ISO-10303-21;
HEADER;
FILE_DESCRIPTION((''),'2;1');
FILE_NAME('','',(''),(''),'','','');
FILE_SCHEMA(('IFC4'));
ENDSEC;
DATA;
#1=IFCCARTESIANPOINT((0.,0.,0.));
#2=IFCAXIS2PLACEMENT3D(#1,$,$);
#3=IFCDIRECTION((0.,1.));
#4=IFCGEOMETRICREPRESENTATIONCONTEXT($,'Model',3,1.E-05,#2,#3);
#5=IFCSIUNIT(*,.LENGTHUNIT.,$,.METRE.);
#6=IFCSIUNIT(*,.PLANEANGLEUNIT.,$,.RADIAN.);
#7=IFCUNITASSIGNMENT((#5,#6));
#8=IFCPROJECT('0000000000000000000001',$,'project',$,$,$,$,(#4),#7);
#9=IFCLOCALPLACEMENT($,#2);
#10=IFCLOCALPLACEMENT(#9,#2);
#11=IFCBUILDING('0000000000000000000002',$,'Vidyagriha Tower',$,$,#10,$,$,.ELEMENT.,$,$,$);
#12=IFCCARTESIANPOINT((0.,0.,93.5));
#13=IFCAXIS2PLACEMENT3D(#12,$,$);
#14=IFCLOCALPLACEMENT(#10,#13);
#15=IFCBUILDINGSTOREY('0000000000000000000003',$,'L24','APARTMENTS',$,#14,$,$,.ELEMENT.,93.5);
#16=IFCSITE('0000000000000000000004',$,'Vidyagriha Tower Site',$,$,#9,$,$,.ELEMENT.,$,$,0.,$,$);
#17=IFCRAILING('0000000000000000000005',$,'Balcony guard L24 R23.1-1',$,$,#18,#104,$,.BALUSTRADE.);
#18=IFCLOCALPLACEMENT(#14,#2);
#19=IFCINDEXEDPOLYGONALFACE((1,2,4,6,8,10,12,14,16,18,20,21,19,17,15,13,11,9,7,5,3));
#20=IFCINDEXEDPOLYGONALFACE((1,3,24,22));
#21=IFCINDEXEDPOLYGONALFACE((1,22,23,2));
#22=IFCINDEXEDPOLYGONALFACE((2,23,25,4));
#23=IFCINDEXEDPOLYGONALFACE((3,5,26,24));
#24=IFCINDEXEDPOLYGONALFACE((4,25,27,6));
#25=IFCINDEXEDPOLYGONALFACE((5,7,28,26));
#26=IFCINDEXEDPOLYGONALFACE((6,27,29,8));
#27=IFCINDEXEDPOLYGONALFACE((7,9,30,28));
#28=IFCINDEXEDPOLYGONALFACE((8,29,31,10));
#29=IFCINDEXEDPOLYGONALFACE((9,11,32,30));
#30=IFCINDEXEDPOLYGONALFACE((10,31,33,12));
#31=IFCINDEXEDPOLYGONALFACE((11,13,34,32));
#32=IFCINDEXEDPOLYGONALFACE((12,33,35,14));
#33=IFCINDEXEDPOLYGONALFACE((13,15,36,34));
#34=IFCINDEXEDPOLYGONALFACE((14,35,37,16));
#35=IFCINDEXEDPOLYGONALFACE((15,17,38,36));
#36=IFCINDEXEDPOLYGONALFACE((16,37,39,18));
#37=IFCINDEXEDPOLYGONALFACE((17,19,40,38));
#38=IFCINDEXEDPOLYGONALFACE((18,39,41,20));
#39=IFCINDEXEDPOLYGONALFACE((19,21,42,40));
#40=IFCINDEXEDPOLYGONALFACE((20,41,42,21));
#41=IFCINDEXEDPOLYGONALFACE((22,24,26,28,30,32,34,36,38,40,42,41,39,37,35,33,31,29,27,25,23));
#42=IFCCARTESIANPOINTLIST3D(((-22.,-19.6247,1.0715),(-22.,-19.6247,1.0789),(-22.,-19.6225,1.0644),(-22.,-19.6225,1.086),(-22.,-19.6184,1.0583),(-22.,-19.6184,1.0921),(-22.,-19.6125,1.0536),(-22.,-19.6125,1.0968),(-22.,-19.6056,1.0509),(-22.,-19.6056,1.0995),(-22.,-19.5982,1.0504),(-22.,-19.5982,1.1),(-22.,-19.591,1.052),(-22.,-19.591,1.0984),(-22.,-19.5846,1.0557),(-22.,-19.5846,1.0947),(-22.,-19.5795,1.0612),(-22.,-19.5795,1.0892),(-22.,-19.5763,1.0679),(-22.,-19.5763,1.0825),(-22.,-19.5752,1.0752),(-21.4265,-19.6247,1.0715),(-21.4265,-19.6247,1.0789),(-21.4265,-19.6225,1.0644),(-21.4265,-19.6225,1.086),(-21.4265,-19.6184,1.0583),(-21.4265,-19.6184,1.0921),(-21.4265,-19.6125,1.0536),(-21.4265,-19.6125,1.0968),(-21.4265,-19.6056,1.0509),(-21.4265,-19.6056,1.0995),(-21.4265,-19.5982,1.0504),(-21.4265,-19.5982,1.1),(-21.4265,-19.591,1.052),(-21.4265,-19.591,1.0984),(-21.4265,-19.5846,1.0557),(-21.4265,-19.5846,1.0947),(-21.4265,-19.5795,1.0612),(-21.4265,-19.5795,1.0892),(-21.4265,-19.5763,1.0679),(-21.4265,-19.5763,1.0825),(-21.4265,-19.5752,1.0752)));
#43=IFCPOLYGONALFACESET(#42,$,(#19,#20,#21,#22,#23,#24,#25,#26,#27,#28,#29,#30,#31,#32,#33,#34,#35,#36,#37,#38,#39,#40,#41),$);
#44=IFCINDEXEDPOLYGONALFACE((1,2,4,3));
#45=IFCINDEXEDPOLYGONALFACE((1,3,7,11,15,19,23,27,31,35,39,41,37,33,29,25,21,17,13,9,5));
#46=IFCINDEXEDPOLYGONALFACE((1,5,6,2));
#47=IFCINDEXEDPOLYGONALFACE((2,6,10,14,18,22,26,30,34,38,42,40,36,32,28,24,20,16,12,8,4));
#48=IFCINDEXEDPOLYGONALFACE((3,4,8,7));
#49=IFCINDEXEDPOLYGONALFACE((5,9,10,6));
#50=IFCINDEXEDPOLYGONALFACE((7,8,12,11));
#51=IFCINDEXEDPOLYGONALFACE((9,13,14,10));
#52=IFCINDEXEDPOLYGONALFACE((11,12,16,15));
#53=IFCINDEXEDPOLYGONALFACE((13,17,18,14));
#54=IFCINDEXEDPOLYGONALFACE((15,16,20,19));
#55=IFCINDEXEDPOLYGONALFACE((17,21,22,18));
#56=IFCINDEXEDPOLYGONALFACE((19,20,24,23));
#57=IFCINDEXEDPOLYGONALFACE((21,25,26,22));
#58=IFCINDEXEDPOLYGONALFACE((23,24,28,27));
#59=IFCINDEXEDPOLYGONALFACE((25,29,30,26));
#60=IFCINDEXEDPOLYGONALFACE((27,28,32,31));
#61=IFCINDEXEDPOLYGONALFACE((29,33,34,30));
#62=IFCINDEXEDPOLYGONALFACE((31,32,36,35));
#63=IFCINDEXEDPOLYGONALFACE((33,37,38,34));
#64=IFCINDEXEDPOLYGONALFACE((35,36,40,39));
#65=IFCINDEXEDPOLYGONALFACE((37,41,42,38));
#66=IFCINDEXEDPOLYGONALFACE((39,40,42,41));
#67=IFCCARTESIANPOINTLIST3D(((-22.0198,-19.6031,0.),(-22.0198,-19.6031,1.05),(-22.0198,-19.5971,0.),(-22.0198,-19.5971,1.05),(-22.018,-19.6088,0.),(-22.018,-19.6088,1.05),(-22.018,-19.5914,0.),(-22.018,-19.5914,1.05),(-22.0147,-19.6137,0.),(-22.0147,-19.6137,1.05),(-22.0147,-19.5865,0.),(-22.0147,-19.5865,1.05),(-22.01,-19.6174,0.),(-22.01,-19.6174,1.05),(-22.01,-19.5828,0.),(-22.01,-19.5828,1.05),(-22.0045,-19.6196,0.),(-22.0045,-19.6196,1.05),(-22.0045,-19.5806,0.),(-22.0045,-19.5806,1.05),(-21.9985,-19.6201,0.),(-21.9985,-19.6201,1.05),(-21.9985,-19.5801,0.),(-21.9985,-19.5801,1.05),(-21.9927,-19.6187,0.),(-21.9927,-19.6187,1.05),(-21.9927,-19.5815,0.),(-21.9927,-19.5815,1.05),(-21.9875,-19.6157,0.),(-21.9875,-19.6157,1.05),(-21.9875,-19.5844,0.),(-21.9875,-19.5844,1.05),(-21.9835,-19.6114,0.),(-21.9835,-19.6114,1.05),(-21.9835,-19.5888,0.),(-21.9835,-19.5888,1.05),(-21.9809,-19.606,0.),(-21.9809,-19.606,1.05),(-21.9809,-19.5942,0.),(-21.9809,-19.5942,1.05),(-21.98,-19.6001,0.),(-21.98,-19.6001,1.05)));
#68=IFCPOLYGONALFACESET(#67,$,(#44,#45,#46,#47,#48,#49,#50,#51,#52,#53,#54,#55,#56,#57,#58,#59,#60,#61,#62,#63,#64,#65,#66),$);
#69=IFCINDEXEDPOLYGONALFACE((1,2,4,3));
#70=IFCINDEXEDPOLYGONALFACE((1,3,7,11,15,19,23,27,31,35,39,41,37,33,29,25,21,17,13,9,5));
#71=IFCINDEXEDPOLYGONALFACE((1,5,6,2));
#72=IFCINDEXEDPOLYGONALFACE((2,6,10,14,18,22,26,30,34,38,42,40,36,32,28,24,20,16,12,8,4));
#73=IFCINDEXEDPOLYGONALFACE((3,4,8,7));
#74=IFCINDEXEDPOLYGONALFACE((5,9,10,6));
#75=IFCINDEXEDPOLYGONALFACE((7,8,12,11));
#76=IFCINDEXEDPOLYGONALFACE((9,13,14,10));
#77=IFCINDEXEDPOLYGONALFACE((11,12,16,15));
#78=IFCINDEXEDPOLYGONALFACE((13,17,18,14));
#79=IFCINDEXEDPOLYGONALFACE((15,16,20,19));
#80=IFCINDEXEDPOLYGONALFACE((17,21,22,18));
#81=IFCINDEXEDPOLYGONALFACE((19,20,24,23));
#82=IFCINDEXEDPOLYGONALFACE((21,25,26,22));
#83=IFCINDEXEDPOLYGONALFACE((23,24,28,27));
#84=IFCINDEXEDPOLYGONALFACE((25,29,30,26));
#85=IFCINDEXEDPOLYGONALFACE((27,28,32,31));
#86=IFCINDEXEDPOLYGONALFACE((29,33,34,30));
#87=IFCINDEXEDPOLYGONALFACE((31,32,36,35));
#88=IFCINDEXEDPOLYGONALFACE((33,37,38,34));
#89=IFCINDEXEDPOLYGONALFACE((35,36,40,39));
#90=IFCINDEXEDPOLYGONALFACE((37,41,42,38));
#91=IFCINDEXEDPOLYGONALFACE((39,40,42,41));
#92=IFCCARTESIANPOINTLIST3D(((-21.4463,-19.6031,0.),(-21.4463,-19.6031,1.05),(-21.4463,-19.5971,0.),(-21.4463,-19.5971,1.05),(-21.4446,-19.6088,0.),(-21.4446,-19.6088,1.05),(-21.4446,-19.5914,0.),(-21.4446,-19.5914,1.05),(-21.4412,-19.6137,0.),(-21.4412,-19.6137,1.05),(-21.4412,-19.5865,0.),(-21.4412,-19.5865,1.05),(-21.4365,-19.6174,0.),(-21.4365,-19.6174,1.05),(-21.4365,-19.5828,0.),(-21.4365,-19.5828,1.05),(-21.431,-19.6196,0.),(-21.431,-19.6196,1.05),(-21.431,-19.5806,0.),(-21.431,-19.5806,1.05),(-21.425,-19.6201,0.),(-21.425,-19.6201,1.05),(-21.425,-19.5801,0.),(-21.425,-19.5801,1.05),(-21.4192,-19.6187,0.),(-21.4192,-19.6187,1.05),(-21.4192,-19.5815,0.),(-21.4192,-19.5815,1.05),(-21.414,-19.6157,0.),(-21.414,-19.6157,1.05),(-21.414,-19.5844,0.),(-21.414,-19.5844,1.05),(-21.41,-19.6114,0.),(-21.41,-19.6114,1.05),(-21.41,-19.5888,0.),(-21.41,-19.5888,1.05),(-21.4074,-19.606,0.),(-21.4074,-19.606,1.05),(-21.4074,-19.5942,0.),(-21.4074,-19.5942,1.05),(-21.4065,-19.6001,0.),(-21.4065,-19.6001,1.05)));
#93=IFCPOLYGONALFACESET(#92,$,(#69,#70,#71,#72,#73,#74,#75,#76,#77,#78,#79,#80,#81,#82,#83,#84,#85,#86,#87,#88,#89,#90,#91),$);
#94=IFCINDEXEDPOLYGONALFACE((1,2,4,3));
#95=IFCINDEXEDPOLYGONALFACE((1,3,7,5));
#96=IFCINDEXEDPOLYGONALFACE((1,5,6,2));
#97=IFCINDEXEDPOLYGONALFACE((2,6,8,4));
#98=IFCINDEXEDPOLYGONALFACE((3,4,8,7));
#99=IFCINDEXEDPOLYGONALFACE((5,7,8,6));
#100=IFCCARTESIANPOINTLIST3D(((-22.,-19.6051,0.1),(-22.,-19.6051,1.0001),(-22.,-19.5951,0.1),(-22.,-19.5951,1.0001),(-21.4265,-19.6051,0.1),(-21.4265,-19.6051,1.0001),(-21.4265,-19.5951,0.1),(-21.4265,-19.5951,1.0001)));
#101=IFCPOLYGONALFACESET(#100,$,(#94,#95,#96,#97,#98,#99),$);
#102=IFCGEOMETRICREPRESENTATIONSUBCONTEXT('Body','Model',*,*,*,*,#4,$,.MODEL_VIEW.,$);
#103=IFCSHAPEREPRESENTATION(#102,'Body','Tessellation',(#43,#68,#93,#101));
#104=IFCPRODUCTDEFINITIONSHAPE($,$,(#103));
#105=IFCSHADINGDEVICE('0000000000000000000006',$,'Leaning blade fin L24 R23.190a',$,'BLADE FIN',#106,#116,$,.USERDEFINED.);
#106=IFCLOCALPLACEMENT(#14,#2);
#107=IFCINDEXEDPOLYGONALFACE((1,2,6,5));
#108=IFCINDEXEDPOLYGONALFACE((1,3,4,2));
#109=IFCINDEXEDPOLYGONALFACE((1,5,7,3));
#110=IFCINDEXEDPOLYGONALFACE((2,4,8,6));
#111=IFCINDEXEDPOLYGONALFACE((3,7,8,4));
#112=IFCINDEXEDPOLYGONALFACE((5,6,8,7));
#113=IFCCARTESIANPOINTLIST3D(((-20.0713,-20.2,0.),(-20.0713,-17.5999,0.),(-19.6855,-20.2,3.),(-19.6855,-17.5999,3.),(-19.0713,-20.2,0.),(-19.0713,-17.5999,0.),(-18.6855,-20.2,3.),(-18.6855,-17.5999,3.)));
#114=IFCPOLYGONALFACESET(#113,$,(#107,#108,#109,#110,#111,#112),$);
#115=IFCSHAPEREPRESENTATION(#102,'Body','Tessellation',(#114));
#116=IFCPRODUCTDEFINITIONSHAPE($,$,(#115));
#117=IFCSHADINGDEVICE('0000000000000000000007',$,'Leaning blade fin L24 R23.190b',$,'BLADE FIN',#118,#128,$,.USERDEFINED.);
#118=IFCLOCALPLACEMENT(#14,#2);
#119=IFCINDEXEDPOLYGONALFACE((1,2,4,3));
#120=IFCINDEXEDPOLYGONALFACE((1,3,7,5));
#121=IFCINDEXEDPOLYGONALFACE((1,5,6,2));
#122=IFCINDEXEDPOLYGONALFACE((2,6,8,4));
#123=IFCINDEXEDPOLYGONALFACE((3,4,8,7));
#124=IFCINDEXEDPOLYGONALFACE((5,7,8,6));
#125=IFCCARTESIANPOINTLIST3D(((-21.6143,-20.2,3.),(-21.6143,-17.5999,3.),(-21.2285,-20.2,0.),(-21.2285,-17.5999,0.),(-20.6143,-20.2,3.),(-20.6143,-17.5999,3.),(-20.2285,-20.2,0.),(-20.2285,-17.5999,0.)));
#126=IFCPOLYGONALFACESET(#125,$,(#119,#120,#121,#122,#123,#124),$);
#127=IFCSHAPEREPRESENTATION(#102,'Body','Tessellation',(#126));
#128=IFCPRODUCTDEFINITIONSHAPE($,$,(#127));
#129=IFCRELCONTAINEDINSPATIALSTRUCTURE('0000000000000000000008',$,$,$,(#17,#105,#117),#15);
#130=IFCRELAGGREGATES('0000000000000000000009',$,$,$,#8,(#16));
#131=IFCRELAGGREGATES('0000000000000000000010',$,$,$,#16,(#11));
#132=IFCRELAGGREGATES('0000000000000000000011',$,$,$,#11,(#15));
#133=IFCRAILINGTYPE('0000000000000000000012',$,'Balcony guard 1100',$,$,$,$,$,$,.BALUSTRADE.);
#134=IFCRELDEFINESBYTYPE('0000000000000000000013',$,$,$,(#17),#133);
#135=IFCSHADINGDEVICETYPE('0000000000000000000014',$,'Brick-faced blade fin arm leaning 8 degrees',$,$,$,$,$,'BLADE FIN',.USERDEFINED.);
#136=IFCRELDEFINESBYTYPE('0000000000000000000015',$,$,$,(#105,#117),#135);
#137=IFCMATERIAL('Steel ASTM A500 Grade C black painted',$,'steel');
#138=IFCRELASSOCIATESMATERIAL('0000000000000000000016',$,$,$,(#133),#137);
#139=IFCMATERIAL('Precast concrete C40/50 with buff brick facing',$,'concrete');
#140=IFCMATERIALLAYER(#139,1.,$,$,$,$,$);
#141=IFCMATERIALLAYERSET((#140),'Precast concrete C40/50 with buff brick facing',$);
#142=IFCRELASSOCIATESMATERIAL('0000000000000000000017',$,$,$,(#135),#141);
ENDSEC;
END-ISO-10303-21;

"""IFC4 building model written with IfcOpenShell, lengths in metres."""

from ifc_helpers import new_model, si_unit, direction, frame, origin, origin_2d, place, context, subcontext, project, spatial, polyline, rectangle, circle, outline, extrude, material, layer, layer_set, type_object, element, save


model = new_model("IFC4")

# Units and contexts
model_context = context("Model", 3, precision=1e-05, world=origin(), true_north=direction((0.0, 1.0)))
body_context = subcontext(model_context, "Body", "Model", "MODEL_VIEW")
ifc_project = project(units=[si_unit("LENGTHUNIT", "METRE"), si_unit("PLANEANGLEUNIT", "RADIAN")], contexts=[model_context])

# Site, building, storey
site_placement = place(None, origin())
site = spatial("IfcSite", under=ifc_project, at=site_placement, Name="Vidyagriha Tower Site", CompositionType="ELEMENT", RefElevation=0.0)
building_placement = place(site_placement, origin())
building = spatial("IfcBuilding", under=site, at=building_placement, Name="Vidyagriha Tower", CompositionType="ELEMENT")
storey_placement = place(building_placement, frame((0.0, 0.0, 93.5)))
storey = spatial("IfcBuildingStorey", under=building, at=storey_placement, Name="L24", Description="APARTMENTS", CompositionType="ELEMENT", Elevation=93.5)

# Railing
ifc_material_1 = material(Name="Steel ASTM A500 Grade C black painted", Category="steel")
railing_type_1 = type_object("IfcRailingType", Name="Balcony guard 1100", PredefinedType="BALUSTRADE", material=ifc_material_1)
railing_1_placement = place(storey_placement, frame((-22.0, -19.6001, 0.0)))
element("IfcRailing", 1, at=railing_1_placement, inside=storey, type_object=railing_type_1, Name="Balcony guard L24 R23.1-1", PredefinedType="BALUSTRADE", context=body_context, shape_type="SweptSolid", body=[
    extrude(circle(Radius=0.0249, at=origin_2d()), frame((0.0, 0.0, 1.0752), z_axis=(1.0, 0.0, 0.0), x_axis=(0.0, 1.0, 0.0)), (0.0, 0.0, 1.0), 0.5735),
    extrude(circle(Radius=0.02, at=origin_2d()), origin(), (0.0, 0.0, 1.0), 1.05),
    extrude(circle(Radius=0.02, at=origin_2d()), frame((0.5735, 0.0, 0.0)), (0.0, 0.0, 1.0), 1.05),
    extrude(rectangle(XDim=0.01, YDim=0.9001, at=origin_2d()), frame((0.0, 0.0, 0.55), z_axis=(1.0, 0.0, 0.0), x_axis=(0.0, 1.0, 0.0)), (0.0, 0.0, 1.0), 0.5735),
])

# Shading devices
ifc_material_2 = material(Name="Precast concrete C40/50 with buff brick facing", Category="concrete")
ifc_layer_1 = layer(ifc_material_2, 1.0)
ifc_layer_set_1 = layer_set([ifc_layer_1], Name="Precast concrete C40/50 with buff brick facing")
shading_device_type = type_object("IfcShadingDeviceType", Name="Brick-faced blade fin arm leaning 8 degrees", ElementType="BLADE FIN", PredefinedType="USERDEFINED", material=ifc_layer_set_1)
shading_device_1_placement = place(storey_placement, frame((-20.0713, -18.8999, 0.0)))
element("IfcShadingDevice", 2, at=shading_device_1_placement, inside=storey, type_object=shading_device_type, Name="Leaning blade fin L24 R23.190a", ObjectType="BLADE FIN", PredefinedType="USERDEFINED", context=body_context, shape_type="SweptSolid", body=[
    extrude(outline(polyline([(0.0, 0.0), (1.0, 0.0), (1.3857, 3.0), (0.3857, 3.0), (0.0, 0.0)])), frame((0.0, 1.3, 0.0), z_axis=(0.0, -1.0, 0.0), x_axis=(1.0, 0.0, 0.0)), (0.0, 0.0, 1.0), 2.6001),
])
shading_device_2_placement = place(storey_placement, frame((-21.6143, -18.8999, 0.0)))
element("IfcShadingDevice", 3, at=shading_device_2_placement, inside=storey, type_object=shading_device_type, Name="Leaning blade fin L24 R23.190b", ObjectType="BLADE FIN", PredefinedType="USERDEFINED", context=body_context, shape_type="SweptSolid", body=[
    extrude(outline(polyline([(0.3857, 0.0), (1.3857, 0.0), (1.0, 3.0), (0.0, 3.0), (0.3857, 0.0)])), frame((0.0, 1.3, 0.0), z_axis=(0.0, -1.0, 0.0), x_axis=(1.0, 0.0, 0.0)), (0.0, 0.0, 1.0), 2.6001),
])

save(model, "model.ifc")
